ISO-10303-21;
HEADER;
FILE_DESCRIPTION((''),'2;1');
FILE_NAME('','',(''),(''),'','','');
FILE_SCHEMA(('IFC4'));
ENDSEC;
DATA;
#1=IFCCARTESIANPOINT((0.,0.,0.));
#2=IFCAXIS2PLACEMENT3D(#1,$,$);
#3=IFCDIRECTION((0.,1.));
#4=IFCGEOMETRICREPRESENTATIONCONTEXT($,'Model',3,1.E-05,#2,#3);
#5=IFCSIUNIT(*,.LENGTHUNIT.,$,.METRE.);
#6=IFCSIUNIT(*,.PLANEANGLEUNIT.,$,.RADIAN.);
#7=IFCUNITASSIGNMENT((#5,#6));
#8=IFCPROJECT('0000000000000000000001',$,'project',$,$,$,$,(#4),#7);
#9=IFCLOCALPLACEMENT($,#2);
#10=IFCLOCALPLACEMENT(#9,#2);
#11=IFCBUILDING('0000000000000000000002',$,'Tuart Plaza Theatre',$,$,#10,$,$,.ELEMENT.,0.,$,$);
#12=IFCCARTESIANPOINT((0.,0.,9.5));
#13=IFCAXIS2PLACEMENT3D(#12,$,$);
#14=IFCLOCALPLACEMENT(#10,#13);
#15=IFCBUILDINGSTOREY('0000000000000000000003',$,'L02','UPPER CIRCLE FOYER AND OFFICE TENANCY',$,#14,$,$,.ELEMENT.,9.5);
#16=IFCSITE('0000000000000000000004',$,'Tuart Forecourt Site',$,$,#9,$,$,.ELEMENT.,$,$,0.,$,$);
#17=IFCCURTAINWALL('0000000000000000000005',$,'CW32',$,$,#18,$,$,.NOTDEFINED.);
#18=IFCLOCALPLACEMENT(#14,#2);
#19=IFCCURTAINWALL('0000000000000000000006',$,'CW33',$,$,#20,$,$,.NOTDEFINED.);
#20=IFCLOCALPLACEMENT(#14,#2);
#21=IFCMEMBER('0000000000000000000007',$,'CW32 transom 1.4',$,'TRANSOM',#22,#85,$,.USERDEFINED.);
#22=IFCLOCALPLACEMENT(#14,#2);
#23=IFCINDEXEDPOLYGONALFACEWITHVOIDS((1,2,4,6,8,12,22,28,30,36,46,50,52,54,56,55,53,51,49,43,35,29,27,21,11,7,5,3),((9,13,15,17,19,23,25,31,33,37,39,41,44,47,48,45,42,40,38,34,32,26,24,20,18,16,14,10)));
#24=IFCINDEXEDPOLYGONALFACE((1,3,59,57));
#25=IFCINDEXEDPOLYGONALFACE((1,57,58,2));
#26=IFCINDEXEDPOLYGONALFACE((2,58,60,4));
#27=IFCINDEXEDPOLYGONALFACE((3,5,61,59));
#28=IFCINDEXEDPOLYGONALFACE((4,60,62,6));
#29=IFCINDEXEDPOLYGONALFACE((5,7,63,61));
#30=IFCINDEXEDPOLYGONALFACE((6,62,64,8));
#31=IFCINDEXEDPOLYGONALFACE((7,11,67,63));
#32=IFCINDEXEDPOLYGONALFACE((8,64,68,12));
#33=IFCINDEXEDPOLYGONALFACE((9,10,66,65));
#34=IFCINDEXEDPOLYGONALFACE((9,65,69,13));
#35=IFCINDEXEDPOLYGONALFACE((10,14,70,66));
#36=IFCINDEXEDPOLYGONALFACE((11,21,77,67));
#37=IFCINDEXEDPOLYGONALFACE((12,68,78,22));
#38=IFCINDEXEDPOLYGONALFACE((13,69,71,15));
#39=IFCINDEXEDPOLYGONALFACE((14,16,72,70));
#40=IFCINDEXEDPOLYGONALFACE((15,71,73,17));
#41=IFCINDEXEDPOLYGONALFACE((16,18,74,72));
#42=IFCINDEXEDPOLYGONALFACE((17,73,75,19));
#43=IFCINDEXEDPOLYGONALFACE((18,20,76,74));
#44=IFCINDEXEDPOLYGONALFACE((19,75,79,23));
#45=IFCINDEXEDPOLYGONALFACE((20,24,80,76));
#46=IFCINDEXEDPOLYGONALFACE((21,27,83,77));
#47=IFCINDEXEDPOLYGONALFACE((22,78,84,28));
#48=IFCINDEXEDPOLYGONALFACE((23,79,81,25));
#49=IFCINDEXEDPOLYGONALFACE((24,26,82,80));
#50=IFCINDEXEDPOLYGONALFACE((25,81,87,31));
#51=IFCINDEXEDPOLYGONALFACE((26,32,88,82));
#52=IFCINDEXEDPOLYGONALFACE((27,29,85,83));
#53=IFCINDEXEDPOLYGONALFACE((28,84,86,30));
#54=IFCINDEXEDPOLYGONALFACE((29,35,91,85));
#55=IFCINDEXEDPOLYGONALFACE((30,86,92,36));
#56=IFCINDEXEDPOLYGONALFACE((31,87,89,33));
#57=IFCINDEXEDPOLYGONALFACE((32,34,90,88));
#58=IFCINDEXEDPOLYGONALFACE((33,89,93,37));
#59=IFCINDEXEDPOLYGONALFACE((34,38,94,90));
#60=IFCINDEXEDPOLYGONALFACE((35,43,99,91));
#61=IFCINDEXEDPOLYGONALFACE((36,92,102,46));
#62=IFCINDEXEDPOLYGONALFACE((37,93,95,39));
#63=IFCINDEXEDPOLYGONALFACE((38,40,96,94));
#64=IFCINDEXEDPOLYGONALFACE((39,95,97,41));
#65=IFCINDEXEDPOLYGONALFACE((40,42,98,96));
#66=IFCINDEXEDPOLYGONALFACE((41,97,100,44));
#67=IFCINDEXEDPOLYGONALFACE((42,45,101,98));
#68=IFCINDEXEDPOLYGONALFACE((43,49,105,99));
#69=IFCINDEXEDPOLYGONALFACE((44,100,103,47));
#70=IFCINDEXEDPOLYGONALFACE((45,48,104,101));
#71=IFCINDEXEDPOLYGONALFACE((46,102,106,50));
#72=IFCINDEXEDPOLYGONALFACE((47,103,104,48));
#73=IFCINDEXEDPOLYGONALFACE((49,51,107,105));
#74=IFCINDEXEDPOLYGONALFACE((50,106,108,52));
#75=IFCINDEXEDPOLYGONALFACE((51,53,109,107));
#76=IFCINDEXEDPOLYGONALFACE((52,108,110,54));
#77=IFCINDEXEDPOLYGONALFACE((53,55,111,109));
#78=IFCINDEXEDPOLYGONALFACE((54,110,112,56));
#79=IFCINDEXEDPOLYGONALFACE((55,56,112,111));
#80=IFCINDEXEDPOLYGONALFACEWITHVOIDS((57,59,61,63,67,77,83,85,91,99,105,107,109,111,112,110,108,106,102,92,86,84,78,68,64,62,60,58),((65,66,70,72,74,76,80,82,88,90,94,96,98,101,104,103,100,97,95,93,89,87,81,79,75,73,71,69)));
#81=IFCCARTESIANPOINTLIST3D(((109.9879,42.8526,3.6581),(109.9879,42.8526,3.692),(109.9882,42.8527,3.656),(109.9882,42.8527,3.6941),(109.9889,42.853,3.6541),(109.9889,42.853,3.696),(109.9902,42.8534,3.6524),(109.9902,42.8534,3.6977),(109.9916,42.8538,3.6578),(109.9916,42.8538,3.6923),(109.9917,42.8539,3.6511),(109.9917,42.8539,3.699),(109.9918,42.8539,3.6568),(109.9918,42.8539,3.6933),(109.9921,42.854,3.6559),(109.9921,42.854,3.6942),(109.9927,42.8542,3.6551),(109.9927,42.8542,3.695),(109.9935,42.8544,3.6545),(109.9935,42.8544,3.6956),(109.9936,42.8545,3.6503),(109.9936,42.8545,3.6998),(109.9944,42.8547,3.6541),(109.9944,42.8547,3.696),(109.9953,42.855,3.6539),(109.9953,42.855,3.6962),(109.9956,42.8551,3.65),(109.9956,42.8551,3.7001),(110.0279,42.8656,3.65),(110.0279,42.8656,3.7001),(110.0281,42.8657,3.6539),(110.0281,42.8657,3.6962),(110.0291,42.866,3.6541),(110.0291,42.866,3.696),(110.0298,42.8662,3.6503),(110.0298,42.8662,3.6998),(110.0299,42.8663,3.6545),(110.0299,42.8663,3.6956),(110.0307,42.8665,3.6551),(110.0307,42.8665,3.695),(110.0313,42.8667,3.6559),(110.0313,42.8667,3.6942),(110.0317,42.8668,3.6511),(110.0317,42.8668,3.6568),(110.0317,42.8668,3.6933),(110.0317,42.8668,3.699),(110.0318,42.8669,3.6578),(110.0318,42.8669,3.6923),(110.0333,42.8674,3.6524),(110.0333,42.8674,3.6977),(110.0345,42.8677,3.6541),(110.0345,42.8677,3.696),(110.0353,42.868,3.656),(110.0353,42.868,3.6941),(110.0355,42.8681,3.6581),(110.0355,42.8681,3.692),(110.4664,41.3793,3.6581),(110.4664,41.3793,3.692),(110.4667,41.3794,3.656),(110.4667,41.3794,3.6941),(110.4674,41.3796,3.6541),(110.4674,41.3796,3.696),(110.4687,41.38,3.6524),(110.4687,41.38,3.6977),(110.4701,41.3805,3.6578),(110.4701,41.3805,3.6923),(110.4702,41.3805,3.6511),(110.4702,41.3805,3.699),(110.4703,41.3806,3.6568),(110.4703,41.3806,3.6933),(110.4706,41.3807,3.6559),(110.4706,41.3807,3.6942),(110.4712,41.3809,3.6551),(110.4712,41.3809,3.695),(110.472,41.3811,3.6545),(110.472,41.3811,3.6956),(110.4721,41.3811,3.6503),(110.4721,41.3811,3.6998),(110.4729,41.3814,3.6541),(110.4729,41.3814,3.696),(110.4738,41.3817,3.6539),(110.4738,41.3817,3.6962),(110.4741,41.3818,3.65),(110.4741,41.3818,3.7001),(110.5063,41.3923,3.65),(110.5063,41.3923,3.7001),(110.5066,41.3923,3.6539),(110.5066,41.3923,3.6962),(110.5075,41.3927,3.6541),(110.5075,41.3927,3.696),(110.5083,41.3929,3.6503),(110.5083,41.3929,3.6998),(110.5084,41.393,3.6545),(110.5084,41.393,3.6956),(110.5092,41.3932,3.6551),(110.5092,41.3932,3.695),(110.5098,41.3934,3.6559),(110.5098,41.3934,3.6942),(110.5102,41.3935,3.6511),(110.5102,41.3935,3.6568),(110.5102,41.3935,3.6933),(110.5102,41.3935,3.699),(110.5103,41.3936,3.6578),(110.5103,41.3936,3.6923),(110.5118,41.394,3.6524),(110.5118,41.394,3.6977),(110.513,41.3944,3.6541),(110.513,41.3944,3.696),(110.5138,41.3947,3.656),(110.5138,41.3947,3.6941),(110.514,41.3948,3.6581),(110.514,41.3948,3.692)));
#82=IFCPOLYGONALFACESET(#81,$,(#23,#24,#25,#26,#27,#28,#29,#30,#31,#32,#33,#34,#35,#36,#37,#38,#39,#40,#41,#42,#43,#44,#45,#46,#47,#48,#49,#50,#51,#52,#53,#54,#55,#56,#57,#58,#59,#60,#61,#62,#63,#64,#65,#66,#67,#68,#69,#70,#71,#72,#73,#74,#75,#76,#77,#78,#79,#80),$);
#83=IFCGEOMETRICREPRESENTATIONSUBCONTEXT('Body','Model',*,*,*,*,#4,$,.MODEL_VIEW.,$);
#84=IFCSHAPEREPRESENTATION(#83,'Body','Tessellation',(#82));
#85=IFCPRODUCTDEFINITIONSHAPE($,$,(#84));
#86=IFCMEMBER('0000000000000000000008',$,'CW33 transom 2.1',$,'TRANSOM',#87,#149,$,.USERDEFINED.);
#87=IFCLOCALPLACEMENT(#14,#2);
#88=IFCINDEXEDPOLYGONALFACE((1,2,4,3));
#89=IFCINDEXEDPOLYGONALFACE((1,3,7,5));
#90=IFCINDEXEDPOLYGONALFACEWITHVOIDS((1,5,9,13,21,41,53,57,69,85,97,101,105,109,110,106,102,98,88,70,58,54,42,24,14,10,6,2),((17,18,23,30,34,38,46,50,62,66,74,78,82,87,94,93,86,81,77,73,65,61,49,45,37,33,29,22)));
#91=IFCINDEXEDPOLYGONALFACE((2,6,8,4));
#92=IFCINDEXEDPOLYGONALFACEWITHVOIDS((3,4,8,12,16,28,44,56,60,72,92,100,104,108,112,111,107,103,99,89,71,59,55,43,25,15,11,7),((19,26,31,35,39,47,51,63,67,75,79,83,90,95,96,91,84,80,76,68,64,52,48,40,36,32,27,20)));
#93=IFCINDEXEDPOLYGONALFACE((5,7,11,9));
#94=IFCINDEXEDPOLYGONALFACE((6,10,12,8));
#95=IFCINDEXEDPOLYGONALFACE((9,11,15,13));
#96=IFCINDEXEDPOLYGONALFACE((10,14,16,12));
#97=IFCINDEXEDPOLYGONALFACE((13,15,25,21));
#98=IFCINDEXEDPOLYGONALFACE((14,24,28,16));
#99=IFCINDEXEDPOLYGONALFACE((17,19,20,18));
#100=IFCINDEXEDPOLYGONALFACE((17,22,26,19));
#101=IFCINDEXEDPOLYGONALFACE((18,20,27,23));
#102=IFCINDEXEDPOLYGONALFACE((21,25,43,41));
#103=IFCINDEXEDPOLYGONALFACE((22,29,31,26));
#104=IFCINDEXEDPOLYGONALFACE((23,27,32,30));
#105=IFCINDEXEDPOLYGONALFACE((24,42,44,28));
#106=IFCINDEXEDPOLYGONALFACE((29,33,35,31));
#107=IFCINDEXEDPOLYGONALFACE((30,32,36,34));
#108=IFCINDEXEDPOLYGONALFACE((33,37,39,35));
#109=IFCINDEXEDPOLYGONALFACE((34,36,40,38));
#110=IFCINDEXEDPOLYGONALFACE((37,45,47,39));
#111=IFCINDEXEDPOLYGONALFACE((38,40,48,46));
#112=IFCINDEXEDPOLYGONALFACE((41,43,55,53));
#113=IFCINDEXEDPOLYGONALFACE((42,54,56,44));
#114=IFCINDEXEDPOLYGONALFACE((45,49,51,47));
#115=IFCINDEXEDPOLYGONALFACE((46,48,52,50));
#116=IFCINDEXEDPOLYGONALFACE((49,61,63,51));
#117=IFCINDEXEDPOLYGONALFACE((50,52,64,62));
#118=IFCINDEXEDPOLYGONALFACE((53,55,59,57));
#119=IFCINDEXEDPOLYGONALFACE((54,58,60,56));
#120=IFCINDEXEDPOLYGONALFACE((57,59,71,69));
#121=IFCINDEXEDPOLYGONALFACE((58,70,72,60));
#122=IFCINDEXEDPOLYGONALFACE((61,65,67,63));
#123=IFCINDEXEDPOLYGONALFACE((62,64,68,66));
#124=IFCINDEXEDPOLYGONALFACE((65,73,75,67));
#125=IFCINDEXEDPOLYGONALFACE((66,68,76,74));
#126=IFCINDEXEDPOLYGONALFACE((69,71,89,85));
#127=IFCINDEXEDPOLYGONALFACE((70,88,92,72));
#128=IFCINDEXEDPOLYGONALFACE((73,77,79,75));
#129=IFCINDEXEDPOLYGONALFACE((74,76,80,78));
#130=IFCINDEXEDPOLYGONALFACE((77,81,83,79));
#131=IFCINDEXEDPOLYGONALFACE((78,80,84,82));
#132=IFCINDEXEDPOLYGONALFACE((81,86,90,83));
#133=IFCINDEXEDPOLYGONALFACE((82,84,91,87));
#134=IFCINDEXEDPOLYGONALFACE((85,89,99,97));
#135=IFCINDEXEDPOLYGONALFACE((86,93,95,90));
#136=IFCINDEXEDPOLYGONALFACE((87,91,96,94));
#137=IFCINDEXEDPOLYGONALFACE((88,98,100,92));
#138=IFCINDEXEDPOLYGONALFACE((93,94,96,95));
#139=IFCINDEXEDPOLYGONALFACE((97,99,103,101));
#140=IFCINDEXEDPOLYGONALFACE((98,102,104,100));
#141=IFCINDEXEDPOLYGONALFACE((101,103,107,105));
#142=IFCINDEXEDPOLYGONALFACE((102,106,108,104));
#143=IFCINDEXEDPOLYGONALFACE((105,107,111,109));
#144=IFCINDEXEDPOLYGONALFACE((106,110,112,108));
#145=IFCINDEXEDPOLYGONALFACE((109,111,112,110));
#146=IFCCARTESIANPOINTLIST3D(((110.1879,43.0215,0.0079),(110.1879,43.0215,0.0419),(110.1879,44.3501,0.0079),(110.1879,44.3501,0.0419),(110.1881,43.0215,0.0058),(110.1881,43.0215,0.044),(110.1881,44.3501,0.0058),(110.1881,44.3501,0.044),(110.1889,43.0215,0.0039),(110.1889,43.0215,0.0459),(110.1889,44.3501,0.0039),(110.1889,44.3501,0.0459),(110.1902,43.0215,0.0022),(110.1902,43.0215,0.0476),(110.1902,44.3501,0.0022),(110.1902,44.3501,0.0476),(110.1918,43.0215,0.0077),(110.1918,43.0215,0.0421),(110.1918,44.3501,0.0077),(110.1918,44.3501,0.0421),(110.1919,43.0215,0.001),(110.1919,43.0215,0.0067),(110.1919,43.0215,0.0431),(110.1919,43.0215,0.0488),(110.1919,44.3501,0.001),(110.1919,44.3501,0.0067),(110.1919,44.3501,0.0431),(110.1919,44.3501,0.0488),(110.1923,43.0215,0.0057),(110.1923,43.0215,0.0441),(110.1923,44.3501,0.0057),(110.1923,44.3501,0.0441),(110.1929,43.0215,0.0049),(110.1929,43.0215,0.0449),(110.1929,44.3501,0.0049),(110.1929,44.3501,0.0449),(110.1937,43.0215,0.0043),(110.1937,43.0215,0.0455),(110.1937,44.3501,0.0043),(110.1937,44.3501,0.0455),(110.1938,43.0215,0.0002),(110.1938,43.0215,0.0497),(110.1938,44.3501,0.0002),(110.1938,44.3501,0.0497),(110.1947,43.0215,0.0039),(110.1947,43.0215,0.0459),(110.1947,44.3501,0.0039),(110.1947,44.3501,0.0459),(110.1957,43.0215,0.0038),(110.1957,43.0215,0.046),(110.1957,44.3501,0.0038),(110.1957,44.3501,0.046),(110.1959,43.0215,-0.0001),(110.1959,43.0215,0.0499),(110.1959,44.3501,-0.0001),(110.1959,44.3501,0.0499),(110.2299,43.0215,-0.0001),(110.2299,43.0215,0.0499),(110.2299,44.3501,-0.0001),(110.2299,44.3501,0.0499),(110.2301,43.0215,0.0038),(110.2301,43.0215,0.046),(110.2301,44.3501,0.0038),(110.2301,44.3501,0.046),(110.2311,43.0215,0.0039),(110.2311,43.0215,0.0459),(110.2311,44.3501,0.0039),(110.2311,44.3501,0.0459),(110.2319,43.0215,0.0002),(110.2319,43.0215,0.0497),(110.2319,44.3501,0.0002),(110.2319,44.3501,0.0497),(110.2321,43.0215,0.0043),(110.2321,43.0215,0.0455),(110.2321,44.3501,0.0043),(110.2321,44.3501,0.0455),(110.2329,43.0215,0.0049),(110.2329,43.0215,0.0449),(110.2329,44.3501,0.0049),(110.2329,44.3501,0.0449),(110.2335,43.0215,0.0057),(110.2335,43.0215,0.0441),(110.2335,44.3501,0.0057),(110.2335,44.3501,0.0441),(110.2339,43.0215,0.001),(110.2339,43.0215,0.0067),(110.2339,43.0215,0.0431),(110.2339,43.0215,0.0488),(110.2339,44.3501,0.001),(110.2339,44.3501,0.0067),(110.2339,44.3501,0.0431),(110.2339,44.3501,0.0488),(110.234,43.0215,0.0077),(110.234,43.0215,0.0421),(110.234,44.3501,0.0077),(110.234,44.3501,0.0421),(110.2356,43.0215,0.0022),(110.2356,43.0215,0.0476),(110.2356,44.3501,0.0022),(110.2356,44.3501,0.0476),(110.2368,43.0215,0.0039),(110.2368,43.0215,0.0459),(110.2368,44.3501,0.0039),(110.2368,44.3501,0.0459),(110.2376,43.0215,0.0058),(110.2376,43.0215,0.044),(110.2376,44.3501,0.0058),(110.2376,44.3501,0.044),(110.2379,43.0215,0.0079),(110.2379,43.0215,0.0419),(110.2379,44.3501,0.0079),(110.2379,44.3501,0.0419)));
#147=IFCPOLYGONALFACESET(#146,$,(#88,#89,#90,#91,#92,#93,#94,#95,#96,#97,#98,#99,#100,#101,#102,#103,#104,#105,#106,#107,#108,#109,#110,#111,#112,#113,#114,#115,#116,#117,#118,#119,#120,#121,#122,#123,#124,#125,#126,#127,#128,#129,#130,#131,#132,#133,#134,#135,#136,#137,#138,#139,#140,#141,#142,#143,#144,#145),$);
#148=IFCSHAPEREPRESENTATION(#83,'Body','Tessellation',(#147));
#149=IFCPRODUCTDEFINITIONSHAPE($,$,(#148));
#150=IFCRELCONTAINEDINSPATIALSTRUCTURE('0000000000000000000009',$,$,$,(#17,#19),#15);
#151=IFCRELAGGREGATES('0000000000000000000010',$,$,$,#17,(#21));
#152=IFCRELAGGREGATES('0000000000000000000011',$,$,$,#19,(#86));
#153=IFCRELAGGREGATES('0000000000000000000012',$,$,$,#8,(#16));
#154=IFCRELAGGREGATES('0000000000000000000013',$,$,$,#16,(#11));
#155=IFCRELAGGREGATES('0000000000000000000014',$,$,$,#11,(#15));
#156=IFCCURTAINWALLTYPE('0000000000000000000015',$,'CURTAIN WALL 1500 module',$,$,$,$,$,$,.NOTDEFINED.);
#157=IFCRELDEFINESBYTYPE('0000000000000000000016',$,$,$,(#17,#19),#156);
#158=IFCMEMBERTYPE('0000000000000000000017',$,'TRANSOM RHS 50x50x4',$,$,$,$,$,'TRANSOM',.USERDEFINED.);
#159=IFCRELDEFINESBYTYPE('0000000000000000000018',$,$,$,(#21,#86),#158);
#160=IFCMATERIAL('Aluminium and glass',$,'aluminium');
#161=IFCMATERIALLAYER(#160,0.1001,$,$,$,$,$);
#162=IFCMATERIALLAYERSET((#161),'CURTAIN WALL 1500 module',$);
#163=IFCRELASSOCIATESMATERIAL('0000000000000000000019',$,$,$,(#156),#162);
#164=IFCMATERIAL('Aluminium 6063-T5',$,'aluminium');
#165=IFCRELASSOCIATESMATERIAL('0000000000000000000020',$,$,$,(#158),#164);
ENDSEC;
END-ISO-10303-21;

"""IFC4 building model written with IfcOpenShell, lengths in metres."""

from ifc_helpers import new_model, si_unit, direction, frame, origin, origin_2d, place, context, subcontext, project, spatial, hollow_rectangle, extrude, material, layer, layer_set, material_profile, profile_set, type_object, element, aggregate, save


model = new_model("IFC4")

# Units and contexts
model_context = context("Model", 3, precision=1e-05, world=origin(), true_north=direction((0.0, 1.0)))
body_context = subcontext(model_context, "Body", "Model", "MODEL_VIEW")
ifc_project = project(units=[si_unit("LENGTHUNIT", "METRE"), si_unit("PLANEANGLEUNIT", "RADIAN")], contexts=[model_context])

# Site, building, storey
site_placement = place(None, origin())
site = spatial("IfcSite", under=ifc_project, at=site_placement, Name="Tuart Forecourt Site", CompositionType="ELEMENT", RefElevation=0.0)
building_placement = place(site_placement, origin())
building = spatial("IfcBuilding", under=site, at=building_placement, Name="Tuart Plaza Theatre", CompositionType="ELEMENT", ElevationOfRefHeight=0.0)
storey_placement = place(building_placement, frame((0.0, 0.0, 9.5)))
storey = spatial("IfcBuildingStorey", under=building, at=storey_placement, Name="L02", Description="UPPER CIRCLE FOYER AND OFFICE TENANCY", CompositionType="ELEMENT", Elevation=9.5)

# Curtain wall
ifc_material_1 = material(Name="Aluminium and glass", Category="aluminium")
ifc_layer_1 = layer(ifc_material_1, 0.1001)
ifc_layer_set_1 = layer_set([ifc_layer_1], Name="CURTAIN WALL 1500 module")
curtain_wall_type = type_object("IfcCurtainWallType", Name="CURTAIN WALL 1500 module", PredefinedType="NOTDEFINED", material=ifc_layer_set_1)
curtain_wall_1_placement = place(storey_placement, origin())
curtain_wall_1 = element("IfcCurtainWall", 1, at=curtain_wall_1_placement, inside=storey, type_object=curtain_wall_type, Name="CW32", PredefinedType="NOTDEFINED")

# Curtain wall
curtain_wall_2_placement = place(storey_placement, origin())
curtain_wall_2 = element("IfcCurtainWall", 2, at=curtain_wall_2_placement, inside=storey, type_object=curtain_wall_type, Name="CW33", PredefinedType="NOTDEFINED")

# Members
ifc_material_2 = material(Name="Aluminium 6063-T5", Category="aluminium")
ifc_material_profile_1 = material_profile(ifc_material_2, hollow_rectangle(XDim=0.05, YDim=0.05, WallThickness=0.0039, InnerFilletRadius=0.0039, OuterFilletRadius=0.0081, at=origin_2d()), Name="RHS 50x50x4")
ifc_profile_set_1 = profile_set([ifc_material_profile_1], Name="Aluminium 6063-T5")
member_type_1 = type_object("IfcMemberType", Name="TRANSOM RHS 50x50x4", ElementType="TRANSOM", PredefinedType="USERDEFINED", material=ifc_profile_set_1)
member_1_placement = place(storey_placement, frame((110.0117, 42.8604, 3.675), z_axis=(0.30889, -0.951098, 0.0), x_axis=(0.951098, 0.30889, 0.0)))
member_1 = element("IfcMember", 3, at=member_1_placement, type_object=member_type_1, Name="CW32 transom 1.4", ObjectType="TRANSOM", PredefinedType="USERDEFINED", context=body_context, shape_type="SweptSolid", body=[
    extrude(hollow_rectangle(XDim=0.05, YDim=0.05, WallThickness=0.0039, InnerFilletRadius=0.0039, OuterFilletRadius=0.0081, at=origin_2d()), origin(), (0.0, 0.0, 1.0), 1.5491),
])
aggregate(curtain_wall_1, [member_1])
member_2_placement = place(storey_placement, frame((110.2129, 43.0215, 0.0249), z_axis=(0.0, 1.0, 0.0), x_axis=(-1.0, 0.0, 0.0)))
member_2 = element("IfcMember", 4, at=member_2_placement, type_object=member_type_1, Name="CW33 transom 2.1", ObjectType="TRANSOM", PredefinedType="USERDEFINED", context=body_context, shape_type="SweptSolid", body=[
    extrude(hollow_rectangle(XDim=0.05, YDim=0.05, WallThickness=0.0039, InnerFilletRadius=0.0039, OuterFilletRadius=0.0081, at=origin_2d()), origin(), (0.0, 0.0, 1.0), 1.3286),
])

aggregate(curtain_wall_2, [member_2])

save(model, "model.ifc")
